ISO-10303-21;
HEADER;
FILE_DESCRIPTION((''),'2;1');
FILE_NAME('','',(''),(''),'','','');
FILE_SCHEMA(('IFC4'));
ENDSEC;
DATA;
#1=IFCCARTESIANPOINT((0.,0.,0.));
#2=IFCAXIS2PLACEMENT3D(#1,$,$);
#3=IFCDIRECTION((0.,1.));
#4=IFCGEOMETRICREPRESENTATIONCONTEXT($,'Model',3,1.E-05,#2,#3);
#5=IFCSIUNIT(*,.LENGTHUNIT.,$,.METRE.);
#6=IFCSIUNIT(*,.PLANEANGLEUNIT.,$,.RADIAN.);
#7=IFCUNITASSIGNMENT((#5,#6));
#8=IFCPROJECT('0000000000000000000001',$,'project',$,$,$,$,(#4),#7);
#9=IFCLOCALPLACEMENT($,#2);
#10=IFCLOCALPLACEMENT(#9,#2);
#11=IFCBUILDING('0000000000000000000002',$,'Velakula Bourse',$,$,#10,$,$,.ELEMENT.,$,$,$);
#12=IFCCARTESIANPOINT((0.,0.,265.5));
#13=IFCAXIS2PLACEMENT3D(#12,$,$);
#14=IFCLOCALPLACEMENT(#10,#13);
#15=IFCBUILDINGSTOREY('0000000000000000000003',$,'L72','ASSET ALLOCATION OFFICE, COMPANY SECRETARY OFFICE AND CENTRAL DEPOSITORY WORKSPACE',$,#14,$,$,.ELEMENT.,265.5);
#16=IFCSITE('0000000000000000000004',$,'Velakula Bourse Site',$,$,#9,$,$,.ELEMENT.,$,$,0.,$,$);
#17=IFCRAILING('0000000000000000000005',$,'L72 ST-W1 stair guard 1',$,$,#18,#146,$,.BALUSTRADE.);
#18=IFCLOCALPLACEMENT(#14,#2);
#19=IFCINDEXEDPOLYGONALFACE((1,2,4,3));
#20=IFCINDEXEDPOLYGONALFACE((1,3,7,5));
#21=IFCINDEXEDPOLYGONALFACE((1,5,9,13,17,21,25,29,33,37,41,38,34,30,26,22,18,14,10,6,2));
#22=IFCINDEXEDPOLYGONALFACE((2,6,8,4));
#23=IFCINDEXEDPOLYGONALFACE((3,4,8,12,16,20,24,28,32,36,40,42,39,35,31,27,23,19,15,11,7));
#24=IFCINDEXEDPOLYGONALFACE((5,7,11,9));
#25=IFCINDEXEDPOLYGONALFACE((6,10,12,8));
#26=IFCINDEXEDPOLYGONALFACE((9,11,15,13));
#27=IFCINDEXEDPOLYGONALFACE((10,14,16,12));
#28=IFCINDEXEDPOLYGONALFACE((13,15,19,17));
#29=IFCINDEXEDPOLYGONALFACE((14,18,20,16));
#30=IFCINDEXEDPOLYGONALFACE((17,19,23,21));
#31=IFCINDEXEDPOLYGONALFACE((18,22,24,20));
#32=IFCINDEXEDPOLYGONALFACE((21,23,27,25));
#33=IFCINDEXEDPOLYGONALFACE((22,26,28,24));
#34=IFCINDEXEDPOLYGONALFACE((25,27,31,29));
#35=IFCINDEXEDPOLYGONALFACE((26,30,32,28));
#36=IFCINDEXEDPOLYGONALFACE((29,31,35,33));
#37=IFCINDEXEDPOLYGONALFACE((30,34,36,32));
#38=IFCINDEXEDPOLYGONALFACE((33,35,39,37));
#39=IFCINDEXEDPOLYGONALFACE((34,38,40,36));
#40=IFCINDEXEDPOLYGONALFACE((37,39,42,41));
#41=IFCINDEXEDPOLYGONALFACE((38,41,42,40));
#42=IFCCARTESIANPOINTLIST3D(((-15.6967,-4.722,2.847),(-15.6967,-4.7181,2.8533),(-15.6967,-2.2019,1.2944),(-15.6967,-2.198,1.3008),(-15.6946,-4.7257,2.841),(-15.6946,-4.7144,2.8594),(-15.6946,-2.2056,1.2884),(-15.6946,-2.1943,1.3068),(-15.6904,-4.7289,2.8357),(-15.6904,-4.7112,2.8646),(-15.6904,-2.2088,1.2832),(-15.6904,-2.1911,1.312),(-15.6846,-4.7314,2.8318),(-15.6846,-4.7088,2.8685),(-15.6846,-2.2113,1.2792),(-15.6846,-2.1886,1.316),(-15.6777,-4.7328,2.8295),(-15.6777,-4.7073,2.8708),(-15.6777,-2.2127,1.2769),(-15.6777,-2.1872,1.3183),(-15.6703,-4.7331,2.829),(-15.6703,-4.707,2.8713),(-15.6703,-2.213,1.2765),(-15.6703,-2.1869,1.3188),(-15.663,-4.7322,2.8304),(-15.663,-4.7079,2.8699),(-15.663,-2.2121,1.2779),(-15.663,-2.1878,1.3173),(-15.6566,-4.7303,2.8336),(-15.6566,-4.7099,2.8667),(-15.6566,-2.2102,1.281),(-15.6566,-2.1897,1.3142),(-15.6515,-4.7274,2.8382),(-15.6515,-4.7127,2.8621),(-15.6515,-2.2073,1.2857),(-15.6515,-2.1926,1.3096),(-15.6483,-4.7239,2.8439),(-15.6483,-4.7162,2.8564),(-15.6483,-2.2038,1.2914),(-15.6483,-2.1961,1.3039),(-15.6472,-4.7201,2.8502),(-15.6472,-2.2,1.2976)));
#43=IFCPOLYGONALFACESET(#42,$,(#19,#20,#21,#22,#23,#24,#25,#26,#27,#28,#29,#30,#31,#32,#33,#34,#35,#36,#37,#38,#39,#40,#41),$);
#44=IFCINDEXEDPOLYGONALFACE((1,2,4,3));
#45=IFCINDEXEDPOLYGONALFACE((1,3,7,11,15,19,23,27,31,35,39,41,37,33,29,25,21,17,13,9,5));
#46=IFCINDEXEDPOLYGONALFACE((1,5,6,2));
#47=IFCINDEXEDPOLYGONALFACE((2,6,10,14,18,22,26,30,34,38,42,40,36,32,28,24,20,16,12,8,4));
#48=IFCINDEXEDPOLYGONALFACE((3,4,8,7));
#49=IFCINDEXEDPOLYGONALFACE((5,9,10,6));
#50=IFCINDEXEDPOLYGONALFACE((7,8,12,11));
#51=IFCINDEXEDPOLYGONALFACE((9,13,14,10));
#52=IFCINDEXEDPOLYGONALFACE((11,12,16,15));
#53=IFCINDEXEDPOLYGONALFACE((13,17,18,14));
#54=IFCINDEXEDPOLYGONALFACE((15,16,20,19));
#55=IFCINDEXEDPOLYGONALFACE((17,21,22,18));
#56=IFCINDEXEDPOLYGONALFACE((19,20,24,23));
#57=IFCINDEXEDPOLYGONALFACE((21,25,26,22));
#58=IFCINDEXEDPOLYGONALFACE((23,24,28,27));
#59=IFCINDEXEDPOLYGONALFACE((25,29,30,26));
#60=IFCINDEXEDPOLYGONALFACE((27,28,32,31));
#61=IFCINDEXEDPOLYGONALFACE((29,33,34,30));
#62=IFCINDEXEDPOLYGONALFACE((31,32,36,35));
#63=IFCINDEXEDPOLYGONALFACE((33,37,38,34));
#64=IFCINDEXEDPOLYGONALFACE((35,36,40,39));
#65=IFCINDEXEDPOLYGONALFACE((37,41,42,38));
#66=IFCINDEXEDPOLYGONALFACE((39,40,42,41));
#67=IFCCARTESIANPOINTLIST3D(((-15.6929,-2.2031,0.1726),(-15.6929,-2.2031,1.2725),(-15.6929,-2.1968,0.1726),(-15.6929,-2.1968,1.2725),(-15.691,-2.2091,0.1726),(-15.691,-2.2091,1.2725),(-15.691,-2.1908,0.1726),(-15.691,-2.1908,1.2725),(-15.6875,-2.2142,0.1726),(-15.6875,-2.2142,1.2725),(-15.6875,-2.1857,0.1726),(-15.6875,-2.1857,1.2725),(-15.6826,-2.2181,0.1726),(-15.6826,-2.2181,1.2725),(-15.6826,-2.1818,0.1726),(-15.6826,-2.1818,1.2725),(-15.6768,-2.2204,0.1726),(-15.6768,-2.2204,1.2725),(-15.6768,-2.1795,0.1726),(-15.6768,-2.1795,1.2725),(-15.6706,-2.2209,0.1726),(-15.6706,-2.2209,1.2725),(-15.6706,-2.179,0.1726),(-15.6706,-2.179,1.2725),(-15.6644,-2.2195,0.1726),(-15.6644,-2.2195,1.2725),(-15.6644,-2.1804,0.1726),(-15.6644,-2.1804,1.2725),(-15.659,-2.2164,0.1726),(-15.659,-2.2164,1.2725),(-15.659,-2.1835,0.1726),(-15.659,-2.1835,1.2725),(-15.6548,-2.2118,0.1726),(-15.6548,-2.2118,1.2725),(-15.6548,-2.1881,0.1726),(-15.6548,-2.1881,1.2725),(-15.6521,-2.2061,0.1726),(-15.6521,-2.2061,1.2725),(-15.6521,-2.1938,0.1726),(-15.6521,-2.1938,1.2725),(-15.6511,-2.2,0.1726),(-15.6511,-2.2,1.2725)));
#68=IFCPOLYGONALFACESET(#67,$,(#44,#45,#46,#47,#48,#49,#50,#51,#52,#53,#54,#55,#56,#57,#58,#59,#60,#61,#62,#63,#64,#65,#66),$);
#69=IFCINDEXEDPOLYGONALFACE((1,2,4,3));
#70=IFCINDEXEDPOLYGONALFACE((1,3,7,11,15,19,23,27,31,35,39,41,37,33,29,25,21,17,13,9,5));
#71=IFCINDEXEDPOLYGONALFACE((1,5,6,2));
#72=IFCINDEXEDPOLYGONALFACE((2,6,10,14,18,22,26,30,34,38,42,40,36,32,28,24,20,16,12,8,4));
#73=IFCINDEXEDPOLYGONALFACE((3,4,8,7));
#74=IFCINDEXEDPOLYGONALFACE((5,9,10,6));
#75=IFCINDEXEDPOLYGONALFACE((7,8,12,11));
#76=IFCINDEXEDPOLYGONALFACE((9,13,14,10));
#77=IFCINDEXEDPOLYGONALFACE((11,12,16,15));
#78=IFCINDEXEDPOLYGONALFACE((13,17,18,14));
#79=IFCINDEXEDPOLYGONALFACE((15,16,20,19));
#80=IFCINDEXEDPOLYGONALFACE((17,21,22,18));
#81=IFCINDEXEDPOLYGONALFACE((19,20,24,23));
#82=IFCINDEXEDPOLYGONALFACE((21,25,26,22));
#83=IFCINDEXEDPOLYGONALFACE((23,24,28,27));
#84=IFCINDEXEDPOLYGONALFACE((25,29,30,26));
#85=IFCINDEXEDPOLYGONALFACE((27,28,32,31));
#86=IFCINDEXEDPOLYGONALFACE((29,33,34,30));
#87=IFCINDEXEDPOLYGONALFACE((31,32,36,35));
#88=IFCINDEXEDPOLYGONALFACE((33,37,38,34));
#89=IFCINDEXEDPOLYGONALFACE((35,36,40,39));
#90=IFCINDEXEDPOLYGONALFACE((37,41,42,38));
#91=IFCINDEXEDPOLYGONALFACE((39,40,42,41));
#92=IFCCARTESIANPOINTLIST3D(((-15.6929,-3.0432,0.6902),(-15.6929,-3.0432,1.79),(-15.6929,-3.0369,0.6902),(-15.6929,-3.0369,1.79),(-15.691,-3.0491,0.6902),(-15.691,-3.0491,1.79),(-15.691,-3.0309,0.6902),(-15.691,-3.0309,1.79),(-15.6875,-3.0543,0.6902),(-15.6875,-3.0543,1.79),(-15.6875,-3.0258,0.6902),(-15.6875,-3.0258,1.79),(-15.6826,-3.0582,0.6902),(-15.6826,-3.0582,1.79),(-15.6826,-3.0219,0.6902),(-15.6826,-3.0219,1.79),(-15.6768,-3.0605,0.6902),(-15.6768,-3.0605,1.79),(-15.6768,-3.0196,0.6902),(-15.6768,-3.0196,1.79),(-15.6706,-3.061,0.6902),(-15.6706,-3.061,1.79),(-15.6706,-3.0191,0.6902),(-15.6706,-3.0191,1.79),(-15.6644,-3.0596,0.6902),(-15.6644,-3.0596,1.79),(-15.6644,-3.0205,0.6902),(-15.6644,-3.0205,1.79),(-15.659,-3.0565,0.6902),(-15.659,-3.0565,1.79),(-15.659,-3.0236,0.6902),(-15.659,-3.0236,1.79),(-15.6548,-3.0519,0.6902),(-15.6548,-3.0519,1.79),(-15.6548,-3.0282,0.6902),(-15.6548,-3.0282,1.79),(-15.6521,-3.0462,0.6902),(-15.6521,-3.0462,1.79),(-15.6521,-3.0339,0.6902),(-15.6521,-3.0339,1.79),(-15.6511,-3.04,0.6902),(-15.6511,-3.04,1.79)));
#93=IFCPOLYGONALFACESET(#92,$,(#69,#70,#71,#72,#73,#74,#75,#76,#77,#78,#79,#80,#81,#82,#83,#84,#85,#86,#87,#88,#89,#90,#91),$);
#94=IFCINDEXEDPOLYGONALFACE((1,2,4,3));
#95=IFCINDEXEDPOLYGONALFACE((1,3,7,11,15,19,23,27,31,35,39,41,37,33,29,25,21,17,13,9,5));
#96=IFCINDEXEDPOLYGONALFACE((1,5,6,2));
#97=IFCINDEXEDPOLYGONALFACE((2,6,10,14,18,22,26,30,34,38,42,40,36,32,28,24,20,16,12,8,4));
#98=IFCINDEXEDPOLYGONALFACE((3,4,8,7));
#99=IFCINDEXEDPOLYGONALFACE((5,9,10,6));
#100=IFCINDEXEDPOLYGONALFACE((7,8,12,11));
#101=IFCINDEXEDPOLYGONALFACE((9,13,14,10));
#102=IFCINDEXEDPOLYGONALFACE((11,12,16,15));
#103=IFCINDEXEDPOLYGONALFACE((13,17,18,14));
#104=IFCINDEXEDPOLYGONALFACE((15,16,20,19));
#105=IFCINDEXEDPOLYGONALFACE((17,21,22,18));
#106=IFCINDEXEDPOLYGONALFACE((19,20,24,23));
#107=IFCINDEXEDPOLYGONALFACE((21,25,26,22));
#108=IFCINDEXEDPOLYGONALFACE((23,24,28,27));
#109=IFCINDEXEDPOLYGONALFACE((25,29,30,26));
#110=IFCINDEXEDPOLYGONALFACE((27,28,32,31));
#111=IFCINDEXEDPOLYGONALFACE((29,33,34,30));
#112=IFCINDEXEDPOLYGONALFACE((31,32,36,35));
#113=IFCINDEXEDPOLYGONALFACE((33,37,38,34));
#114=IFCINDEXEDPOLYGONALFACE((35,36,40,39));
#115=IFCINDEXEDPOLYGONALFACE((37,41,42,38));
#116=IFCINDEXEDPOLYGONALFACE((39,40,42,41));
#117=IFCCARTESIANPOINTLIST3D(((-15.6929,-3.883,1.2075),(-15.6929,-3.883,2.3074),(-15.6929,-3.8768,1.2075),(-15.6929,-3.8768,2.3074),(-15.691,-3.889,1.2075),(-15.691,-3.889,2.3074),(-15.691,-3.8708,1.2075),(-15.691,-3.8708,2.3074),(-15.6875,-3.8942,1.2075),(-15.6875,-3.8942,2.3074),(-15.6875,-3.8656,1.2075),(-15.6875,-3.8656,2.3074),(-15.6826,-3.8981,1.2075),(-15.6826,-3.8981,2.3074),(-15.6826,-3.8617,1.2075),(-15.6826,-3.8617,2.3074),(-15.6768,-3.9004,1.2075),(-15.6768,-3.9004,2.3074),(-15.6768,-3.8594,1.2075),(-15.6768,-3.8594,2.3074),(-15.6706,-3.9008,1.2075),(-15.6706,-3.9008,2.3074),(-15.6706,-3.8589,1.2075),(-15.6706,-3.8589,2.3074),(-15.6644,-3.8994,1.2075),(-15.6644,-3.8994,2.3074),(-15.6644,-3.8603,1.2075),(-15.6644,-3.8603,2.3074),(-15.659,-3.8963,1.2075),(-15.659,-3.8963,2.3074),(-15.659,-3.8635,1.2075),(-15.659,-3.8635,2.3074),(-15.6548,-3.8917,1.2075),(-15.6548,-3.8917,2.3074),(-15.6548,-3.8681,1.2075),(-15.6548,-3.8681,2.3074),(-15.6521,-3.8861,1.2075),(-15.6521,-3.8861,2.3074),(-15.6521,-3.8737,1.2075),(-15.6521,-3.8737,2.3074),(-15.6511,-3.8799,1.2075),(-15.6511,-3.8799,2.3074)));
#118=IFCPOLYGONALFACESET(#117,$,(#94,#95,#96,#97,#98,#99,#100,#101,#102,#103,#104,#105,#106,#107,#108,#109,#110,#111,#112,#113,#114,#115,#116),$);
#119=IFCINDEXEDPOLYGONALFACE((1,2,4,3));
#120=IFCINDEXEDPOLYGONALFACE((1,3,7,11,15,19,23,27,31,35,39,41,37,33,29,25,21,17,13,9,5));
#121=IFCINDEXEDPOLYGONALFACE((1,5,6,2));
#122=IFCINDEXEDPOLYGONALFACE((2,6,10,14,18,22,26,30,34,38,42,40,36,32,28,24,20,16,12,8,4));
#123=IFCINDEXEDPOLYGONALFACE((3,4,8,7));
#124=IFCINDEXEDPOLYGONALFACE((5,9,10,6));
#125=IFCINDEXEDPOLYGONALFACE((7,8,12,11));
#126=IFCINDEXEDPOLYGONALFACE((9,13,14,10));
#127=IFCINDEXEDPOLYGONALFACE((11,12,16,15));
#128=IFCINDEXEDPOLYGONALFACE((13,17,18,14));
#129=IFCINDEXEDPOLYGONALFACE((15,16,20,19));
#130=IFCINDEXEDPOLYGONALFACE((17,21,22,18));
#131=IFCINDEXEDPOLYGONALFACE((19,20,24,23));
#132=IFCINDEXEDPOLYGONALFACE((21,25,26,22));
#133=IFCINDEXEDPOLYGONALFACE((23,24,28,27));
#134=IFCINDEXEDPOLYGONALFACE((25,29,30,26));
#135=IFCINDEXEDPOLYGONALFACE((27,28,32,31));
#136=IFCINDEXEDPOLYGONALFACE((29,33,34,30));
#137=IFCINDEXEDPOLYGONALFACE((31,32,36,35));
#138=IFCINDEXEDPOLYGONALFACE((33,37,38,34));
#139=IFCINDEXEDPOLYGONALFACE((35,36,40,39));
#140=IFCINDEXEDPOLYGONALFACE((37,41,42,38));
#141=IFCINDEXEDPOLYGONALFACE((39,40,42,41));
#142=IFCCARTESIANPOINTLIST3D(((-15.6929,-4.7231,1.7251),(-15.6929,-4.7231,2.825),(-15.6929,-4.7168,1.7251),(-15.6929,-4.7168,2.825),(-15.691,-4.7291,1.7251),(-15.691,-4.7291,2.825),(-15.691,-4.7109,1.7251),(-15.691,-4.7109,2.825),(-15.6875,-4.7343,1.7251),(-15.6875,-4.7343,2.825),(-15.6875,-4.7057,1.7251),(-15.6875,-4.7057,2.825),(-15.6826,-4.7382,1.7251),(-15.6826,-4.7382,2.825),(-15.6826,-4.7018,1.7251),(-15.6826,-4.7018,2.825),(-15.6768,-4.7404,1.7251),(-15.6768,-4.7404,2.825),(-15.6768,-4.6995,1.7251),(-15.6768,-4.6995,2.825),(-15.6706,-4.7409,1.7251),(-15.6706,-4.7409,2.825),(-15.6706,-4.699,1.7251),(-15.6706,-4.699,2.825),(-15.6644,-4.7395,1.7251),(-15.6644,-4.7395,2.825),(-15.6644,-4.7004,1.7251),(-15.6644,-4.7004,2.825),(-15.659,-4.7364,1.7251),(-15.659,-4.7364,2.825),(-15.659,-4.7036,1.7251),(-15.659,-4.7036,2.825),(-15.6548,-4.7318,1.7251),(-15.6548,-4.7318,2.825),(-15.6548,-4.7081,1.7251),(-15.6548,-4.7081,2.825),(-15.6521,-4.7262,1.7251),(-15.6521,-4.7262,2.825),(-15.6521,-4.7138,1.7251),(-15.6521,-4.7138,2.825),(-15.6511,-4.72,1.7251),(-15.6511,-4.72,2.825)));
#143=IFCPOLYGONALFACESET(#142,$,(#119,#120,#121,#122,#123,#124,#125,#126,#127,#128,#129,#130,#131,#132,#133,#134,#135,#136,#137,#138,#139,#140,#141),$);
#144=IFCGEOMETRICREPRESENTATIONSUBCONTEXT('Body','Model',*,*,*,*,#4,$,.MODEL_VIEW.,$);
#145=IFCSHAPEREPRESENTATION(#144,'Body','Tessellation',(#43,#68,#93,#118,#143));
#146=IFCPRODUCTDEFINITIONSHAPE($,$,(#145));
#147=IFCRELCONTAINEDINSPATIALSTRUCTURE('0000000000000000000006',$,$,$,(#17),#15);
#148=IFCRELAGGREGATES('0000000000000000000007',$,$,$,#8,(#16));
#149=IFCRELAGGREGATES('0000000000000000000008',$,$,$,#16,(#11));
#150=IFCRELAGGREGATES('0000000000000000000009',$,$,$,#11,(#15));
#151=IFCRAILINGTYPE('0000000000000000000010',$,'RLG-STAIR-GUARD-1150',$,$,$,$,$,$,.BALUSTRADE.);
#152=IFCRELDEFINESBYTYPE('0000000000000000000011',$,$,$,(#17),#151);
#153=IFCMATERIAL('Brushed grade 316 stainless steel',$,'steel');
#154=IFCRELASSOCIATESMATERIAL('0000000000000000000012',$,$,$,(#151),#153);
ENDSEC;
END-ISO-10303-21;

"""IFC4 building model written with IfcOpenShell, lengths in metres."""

from ifc_helpers import new_model, si_unit, direction, frame, origin, origin_2d, place, context, subcontext, project, spatial, circle, extrude, material, type_object, element, save


model = new_model("IFC4")

# Units and contexts
model_context = context("Model", 3, precision=1e-05, world=origin(), true_north=direction((0.0, 1.0)))
body_context = subcontext(model_context, "Body", "Model", "MODEL_VIEW")
ifc_project = project(units=[si_unit("LENGTHUNIT", "METRE"), si_unit("PLANEANGLEUNIT", "RADIAN")], contexts=[model_context])

# Site, building, storey
site_placement = place(None, origin())
site = spatial("IfcSite", under=ifc_project, at=site_placement, Name="Velakula Bourse Site", CompositionType="ELEMENT", RefElevation=0.0)
building_placement = place(site_placement, origin())
building = spatial("IfcBuilding", under=site, at=building_placement, Name="Velakula Bourse", CompositionType="ELEMENT")
storey_placement = place(building_placement, frame((0.0, 0.0, 265.5)))
storey = spatial("IfcBuildingStorey", under=building, at=storey_placement, Name="L72", Description="ASSET ALLOCATION OFFICE, COMPANY SECRETARY OFFICE AND CENTRAL DEPOSITORY WORKSPACE", CompositionType="ELEMENT", Elevation=265.5)

# Shared definitions
ifc_material_1 = material(Name="Brushed grade 316 stainless steel", Category="steel")

# Railing
railing_type = type_object("IfcRailingType", Name="RLG-STAIR-GUARD-1150", PredefinedType="BALUSTRADE", material=ifc_material_1)
railing_1_placement = place(storey_placement, frame((-15.6721, -2.2, 0.1726)))
element("IfcRailing", 1, at=railing_1_placement, inside=storey, type_object=railing_type, Name="L72 ST-W1 stair guard 1", PredefinedType="BALUSTRADE", context=body_context, shape_type="SweptSolid", body=[
    extrude(circle(Radius=0.0249, at=origin_2d()), frame((0.0, 0.0, 1.125), z_axis=(0.0, -0.8514, 0.524516), x_axis=(1.0, 0.0, 0.0)), (0.0, 0.0, 1.0), 2.96),
    extrude(circle(Radius=0.021, at=origin_2d()), origin(), (0.0, 0.0, 1.0), 1.0999),
    extrude(circle(Radius=0.021, at=origin_2d()), frame((0.0, -0.8401, 0.5176)), (0.0, 0.0, 1.0), 1.0999),
    extrude(circle(Radius=0.021, at=origin_2d()), frame((0.0, -1.6799, 1.0349)), (0.0, 0.0, 1.0), 1.0999),
    extrude(circle(Radius=0.021, at=origin_2d()), frame((0.0, -2.52, 1.5525)), (0.0, 0.0, 1.0), 1.0999),
])

save(model, "model.ifc")
